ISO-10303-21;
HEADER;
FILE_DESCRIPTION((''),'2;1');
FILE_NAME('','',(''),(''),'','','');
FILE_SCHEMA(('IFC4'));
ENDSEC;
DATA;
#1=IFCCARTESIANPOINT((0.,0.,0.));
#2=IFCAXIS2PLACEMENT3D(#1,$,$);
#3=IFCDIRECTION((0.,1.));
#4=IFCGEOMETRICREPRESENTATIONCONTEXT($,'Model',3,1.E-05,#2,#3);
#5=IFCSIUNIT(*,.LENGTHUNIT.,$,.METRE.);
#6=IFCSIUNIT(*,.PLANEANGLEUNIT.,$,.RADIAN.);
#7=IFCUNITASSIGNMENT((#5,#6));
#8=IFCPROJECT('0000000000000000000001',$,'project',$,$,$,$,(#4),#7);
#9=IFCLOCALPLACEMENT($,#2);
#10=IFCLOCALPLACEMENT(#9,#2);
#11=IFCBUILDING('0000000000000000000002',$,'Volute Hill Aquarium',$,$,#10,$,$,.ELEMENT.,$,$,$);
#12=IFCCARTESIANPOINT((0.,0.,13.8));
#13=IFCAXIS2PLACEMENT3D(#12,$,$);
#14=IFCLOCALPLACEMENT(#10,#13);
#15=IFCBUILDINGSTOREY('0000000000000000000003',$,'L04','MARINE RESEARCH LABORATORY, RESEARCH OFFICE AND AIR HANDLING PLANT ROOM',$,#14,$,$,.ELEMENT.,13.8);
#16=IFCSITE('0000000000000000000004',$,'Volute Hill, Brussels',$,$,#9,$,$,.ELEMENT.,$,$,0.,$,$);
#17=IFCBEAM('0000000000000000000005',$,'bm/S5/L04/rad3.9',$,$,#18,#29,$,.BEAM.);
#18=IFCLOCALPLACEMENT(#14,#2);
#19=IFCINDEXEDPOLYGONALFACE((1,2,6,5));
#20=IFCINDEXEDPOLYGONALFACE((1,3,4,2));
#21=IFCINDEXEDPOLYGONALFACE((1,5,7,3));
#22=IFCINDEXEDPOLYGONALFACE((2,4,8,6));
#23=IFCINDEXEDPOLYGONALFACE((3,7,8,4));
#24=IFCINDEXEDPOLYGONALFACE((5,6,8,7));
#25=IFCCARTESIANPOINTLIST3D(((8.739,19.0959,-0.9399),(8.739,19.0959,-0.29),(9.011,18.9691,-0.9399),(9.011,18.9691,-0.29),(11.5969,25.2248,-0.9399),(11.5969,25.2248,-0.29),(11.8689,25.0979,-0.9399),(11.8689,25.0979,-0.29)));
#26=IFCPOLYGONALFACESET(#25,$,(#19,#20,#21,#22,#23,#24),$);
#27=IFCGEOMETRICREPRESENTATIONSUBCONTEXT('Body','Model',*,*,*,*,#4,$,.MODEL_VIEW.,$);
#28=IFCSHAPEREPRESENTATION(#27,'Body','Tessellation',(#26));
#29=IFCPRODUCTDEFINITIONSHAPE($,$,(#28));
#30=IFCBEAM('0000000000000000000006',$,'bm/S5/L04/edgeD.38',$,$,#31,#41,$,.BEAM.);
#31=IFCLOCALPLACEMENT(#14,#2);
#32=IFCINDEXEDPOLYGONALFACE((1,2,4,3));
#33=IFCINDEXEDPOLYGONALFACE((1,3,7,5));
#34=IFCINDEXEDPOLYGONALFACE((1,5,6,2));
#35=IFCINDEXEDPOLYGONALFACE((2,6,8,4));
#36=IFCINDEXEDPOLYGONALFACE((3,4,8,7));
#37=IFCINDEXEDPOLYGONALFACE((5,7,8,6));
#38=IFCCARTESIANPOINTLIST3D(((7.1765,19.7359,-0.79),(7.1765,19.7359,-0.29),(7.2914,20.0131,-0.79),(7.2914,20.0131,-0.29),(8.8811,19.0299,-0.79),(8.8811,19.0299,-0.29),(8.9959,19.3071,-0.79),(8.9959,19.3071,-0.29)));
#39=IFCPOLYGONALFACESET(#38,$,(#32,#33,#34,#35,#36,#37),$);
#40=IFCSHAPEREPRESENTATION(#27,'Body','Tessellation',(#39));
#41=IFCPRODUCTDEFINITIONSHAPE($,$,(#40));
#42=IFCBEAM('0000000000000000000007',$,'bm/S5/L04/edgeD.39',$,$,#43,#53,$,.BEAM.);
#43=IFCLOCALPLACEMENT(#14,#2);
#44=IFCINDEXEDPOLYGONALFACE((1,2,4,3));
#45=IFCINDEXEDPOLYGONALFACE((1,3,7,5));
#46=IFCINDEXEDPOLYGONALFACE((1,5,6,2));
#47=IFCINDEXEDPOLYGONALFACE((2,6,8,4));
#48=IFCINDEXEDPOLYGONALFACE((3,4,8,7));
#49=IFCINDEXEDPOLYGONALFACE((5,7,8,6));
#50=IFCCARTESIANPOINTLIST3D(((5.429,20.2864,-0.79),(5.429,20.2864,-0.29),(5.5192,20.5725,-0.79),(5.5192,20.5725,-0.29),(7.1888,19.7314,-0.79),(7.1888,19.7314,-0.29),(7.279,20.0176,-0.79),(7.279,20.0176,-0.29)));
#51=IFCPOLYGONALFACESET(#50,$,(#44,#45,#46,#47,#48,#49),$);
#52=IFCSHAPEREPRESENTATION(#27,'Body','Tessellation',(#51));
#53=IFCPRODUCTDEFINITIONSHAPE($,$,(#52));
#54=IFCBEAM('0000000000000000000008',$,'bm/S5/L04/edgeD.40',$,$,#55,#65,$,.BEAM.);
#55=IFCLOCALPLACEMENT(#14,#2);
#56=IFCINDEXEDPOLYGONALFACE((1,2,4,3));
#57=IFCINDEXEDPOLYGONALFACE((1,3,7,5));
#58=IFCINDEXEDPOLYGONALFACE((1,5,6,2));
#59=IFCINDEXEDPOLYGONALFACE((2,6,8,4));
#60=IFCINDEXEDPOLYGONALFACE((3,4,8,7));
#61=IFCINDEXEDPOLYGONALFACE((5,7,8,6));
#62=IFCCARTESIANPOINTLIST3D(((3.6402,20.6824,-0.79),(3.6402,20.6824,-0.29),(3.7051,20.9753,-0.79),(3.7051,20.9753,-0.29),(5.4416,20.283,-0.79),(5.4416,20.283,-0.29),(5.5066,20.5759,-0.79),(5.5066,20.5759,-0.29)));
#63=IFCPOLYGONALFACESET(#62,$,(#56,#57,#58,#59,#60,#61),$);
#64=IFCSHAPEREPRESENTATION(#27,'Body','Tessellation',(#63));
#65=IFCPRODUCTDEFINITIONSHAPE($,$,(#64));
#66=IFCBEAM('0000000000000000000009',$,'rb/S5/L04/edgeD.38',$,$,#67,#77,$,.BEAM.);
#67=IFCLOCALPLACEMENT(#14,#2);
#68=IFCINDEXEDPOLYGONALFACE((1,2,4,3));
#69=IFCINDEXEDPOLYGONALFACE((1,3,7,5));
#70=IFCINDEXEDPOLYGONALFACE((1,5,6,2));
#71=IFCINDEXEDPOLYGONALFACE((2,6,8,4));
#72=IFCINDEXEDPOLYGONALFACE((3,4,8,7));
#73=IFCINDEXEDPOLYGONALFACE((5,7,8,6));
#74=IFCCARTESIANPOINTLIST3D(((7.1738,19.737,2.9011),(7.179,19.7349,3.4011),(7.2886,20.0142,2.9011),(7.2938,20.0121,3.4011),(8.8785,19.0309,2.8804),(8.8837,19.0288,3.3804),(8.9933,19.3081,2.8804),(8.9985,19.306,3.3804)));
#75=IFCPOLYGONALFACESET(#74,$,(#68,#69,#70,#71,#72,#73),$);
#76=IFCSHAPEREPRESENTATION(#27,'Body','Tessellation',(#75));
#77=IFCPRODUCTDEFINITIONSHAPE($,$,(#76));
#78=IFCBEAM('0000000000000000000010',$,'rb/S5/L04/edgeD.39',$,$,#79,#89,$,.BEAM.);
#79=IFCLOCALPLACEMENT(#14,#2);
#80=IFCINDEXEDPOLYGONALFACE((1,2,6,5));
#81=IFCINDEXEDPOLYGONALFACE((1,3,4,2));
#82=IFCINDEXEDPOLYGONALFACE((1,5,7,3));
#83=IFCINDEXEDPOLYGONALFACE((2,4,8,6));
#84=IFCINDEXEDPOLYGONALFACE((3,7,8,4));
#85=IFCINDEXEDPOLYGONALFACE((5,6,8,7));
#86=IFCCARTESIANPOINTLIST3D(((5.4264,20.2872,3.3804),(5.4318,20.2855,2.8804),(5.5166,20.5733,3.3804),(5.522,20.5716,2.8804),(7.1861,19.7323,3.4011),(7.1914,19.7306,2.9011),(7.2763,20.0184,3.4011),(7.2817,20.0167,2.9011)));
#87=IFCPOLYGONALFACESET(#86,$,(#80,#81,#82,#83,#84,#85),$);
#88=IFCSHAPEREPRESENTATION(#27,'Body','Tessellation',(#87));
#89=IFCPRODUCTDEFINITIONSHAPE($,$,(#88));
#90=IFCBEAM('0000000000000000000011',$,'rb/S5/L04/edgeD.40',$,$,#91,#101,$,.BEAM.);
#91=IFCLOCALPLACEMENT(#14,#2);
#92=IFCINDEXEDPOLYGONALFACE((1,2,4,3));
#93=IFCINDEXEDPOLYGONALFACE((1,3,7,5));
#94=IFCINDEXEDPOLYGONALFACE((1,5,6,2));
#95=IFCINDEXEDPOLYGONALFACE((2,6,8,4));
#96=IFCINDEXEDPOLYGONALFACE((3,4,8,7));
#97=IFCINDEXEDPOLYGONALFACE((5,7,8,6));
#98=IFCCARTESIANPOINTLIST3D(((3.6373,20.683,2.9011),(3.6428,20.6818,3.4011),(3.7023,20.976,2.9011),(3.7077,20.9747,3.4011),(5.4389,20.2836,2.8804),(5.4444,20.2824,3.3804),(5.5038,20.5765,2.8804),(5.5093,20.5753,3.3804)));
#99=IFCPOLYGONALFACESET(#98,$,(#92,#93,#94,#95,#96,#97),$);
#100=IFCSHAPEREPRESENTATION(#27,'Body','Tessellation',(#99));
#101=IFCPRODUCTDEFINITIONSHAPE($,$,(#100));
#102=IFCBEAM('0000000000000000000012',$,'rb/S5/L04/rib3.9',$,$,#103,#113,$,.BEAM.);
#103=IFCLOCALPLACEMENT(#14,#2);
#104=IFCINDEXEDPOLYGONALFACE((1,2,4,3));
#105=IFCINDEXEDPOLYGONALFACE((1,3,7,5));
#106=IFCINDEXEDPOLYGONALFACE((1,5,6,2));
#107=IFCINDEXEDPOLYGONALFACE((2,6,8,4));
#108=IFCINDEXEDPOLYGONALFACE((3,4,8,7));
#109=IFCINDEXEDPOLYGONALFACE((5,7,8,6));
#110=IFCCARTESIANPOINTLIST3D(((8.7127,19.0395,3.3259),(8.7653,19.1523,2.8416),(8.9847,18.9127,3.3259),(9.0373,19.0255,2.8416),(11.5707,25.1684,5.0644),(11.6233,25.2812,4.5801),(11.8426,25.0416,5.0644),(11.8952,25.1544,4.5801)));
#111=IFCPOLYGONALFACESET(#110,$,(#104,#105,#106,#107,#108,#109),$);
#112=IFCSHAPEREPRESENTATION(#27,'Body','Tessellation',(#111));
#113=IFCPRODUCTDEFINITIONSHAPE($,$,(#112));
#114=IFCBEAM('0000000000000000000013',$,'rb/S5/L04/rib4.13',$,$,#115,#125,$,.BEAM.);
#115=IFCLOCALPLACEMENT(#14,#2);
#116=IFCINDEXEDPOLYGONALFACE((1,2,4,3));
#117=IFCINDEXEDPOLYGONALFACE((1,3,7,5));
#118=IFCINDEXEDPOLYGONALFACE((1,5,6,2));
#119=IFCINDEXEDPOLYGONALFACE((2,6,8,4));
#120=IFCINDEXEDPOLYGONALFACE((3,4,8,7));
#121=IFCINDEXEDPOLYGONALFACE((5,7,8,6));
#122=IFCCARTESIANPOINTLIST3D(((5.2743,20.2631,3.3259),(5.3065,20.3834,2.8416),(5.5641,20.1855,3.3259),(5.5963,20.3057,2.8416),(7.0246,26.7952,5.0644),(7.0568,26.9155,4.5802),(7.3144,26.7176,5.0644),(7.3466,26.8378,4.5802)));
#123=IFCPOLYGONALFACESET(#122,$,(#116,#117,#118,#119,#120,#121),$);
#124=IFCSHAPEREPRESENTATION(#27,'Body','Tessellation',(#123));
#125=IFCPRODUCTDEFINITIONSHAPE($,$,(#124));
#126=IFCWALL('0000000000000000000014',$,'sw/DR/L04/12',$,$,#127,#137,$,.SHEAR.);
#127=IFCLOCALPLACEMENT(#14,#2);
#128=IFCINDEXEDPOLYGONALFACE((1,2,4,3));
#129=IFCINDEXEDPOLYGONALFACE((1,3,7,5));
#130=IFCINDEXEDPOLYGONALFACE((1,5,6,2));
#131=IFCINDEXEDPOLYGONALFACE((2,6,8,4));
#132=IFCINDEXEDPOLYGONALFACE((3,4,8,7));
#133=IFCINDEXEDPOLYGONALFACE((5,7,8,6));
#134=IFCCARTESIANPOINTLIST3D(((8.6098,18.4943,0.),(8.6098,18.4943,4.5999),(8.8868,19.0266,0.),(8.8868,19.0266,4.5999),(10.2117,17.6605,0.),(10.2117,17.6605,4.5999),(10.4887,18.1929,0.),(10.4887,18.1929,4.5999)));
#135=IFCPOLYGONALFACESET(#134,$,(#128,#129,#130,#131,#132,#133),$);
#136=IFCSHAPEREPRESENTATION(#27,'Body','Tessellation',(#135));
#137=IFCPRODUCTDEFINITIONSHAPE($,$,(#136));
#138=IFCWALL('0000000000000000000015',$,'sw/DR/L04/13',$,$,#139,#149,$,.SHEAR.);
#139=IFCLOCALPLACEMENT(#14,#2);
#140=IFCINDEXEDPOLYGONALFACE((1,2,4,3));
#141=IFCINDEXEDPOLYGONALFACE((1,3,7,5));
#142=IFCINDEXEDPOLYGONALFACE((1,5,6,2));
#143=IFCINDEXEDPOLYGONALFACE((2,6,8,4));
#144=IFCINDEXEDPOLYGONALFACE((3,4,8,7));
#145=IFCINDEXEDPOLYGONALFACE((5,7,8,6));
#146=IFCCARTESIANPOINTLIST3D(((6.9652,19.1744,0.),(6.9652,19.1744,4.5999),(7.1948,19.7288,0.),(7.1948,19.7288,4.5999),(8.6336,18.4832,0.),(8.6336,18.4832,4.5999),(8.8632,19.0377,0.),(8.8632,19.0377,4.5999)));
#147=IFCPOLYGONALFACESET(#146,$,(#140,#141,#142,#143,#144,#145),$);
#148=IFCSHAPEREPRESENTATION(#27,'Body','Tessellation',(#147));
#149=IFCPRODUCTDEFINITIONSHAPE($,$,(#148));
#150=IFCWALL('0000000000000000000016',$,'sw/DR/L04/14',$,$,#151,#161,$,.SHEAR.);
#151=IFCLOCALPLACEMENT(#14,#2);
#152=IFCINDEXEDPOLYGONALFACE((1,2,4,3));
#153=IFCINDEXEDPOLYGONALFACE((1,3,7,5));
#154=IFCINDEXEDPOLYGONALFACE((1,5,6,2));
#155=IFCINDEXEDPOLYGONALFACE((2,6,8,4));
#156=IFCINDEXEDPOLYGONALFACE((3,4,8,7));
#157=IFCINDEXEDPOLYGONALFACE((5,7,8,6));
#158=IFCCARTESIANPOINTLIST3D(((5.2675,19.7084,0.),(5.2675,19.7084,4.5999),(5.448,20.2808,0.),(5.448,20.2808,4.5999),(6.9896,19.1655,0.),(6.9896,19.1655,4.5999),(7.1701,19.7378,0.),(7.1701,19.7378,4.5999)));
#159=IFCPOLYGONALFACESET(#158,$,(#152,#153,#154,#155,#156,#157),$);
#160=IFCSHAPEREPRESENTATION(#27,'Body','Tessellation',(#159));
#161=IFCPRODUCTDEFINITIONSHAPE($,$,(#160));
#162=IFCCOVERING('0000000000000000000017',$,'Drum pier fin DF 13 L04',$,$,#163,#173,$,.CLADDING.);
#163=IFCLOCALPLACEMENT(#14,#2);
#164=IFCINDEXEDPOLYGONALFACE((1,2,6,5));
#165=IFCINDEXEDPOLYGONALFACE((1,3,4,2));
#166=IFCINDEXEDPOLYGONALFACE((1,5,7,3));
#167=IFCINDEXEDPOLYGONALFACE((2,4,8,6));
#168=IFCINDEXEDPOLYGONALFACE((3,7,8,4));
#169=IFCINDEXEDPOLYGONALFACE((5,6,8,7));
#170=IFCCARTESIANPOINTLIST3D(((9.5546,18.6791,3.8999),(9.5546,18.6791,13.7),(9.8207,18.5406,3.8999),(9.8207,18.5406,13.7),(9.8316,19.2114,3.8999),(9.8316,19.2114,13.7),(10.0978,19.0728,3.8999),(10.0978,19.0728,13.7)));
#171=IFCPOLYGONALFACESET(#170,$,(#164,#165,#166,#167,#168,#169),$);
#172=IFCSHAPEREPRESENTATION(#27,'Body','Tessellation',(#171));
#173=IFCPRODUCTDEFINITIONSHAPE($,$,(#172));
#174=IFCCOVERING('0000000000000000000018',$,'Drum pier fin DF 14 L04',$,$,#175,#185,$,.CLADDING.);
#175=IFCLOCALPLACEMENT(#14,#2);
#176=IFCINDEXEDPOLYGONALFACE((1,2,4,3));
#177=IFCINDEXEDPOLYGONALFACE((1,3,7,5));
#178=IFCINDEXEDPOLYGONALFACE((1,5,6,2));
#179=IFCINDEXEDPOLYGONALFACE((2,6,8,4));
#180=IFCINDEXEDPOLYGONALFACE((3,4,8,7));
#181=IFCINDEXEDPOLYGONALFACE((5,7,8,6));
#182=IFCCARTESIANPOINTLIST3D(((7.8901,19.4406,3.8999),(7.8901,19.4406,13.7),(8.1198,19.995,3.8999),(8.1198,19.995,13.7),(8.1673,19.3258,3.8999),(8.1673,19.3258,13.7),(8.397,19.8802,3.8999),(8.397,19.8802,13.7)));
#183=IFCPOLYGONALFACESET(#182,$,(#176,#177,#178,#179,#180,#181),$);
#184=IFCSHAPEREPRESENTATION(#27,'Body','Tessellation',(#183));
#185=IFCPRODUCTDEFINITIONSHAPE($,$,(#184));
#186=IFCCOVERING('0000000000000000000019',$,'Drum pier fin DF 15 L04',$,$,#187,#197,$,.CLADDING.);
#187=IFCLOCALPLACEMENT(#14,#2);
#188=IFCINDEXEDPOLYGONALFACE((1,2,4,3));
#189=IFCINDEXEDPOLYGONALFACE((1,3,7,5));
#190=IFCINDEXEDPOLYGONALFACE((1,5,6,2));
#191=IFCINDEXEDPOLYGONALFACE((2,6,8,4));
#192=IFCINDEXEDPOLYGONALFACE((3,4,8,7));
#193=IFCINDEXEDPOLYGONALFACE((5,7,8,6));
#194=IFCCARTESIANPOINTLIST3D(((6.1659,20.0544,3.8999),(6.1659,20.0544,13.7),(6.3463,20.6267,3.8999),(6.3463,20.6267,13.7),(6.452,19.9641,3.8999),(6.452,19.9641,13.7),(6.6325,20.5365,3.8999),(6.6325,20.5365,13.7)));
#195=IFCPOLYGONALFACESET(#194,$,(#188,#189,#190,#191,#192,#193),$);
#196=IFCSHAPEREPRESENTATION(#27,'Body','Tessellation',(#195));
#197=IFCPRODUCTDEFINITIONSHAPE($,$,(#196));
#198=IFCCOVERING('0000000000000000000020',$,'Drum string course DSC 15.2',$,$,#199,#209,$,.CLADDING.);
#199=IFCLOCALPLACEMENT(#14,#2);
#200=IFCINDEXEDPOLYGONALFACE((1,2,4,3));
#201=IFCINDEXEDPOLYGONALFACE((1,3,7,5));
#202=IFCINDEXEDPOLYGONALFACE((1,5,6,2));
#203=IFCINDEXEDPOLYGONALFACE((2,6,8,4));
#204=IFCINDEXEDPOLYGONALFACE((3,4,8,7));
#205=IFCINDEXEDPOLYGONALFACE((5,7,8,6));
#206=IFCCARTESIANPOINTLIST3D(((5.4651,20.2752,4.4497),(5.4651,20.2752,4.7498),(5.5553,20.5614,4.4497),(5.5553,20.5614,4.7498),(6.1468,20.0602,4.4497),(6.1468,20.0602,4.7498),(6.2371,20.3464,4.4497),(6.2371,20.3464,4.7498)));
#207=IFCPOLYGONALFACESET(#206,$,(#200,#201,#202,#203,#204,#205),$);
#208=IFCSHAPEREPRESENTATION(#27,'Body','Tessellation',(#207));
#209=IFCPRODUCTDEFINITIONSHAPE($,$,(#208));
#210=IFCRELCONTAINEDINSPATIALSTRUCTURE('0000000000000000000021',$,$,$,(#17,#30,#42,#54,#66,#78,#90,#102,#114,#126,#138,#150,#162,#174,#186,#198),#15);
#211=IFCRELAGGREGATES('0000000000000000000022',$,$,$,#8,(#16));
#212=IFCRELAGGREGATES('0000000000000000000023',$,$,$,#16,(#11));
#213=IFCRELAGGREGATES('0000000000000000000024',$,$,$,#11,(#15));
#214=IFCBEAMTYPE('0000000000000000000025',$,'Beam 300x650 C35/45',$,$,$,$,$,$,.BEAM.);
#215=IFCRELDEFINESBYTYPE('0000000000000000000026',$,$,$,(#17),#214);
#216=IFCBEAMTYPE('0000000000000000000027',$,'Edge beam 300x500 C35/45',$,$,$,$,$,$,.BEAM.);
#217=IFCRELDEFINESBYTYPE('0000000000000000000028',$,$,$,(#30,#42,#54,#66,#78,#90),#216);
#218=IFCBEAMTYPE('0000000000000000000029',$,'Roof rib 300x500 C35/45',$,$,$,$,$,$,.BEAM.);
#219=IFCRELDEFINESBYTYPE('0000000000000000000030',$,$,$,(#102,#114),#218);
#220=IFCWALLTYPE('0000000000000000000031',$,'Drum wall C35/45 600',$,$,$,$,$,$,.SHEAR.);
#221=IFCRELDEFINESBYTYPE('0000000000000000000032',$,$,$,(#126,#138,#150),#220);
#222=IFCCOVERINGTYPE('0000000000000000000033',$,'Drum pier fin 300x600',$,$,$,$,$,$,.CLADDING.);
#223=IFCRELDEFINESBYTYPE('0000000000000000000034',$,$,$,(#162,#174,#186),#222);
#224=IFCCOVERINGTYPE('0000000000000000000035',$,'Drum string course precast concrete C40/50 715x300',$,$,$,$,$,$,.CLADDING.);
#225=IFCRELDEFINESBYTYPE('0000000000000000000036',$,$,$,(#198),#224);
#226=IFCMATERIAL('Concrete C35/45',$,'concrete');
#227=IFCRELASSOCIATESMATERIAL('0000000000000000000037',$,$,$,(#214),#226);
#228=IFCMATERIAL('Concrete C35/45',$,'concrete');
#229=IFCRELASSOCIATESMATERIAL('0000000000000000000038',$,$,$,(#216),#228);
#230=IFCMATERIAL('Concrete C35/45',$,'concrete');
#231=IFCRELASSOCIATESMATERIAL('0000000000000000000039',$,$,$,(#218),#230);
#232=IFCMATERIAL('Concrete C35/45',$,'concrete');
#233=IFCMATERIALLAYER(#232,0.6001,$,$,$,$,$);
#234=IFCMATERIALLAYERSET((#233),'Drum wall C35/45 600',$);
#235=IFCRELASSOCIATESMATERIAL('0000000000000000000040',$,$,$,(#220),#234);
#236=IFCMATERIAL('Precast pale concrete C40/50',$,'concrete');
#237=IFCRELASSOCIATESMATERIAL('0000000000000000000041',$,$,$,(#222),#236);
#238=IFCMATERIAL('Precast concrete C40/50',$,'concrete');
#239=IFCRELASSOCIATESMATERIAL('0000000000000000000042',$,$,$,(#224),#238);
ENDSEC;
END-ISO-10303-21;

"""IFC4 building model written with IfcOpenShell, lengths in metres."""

from ifc_helpers import new_model, si_unit, direction, frame, frame_2d, origin, origin_2d, place, context, subcontext, project, spatial, rectangle, extrude, material, layer, layer_set, material_profile, profile_set, type_object, element, save


model = new_model("IFC4")

# Units and contexts
model_context = context("Model", 3, precision=1e-05, world=origin(), true_north=direction((0.0, 1.0)))
body_context = subcontext(model_context, "Body", "Model", "MODEL_VIEW")
ifc_project = project(units=[si_unit("LENGTHUNIT", "METRE"), si_unit("PLANEANGLEUNIT", "RADIAN")], contexts=[model_context])

# Site, building, storey
site_placement = place(None, origin())
site = spatial("IfcSite", under=ifc_project, at=site_placement, Name="Volute Hill, Brussels", CompositionType="ELEMENT", RefElevation=0.0)
building_placement = place(site_placement, origin())
building = spatial("IfcBuilding", under=site, at=building_placement, Name="Volute Hill Aquarium", CompositionType="ELEMENT")
storey_placement = place(building_placement, frame((0.0, 0.0, 13.8)))
storey = spatial("IfcBuildingStorey", under=building, at=storey_placement, Name="L04", Description="MARINE RESEARCH LABORATORY, RESEARCH OFFICE AND AIR HANDLING PLANT ROOM", CompositionType="ELEMENT", Elevation=13.8)

# Beams
ifc_material_1 = material(Name="Concrete C35/45", Category="concrete")
ifc_material_profile_1 = material_profile(ifc_material_1, rectangle(XDim=0.3, YDim=0.6499, at=origin_2d()), Name="RC beam 300x650")
ifc_profile_set_1 = profile_set([ifc_material_profile_1], Name="Concrete C35/45")
beam_type_1 = type_object("IfcBeamType", Name="Beam 300x650 C35/45", PredefinedType="BEAM", material=ifc_profile_set_1)
beam_1_placement = place(storey_placement, frame((8.875, 19.0325, -0.615), z_axis=(0.422613, 0.90631, 0.0), x_axis=(-0.90631, 0.422613, 0.0)))
element("IfcBeam", 1, at=beam_1_placement, inside=storey, type_object=beam_type_1, Name="bm/S5/L04/rad3.9", PredefinedType="BEAM", context=body_context, shape_type="SweptSolid", body=[
    extrude(rectangle(XDim=0.3, YDim=0.6499, at=origin_2d()), origin(), (0.0, 0.0, 1.0), 6.7625),
])
ifc_material_2 = material(Name="Concrete C35/45", Category="concrete")
ifc_material_profile_2 = material_profile(ifc_material_2, rectangle(XDim=0.3, YDim=0.5, at=origin_2d()), Name="RC edge beam 300x500")
ifc_profile_set_2 = profile_set([ifc_material_profile_2], Name="Concrete C35/45")
beam_type_2 = type_object("IfcBeamType", Name="Edge beam 300x500 C35/45", PredefinedType="BEAM", material=ifc_profile_set_2)
beam_2_placement = place(storey_placement, frame((8.9385, 19.1685, -0.54), z_axis=(-0.923881, 0.382679, 0.0), x_axis=(-0.382679, -0.923881, 0.0)))
element("IfcBeam", 2, at=beam_2_placement, inside=storey, type_object=beam_type_2, Name="bm/S5/L04/edgeD.38", PredefinedType="BEAM", context=body_context, shape_type="SweptSolid", body=[
    extrude(rectangle(XDim=0.3, YDim=0.5, at=origin_2d()), origin(), (0.0, 0.0, 1.0), 1.845),
])
for number, where, z_axis, x_axis, name in (
    (3, (7.2339, 19.8745, -0.54), (-0.953705, 0.300745, 0.0), (-0.300745, -0.953705, 0.0), "bm/S5/L04/edgeD.39"),
    (4, (5.4741, 20.4294, -0.54), (-0.976293, 0.216454, 0.0), (-0.216454, -0.976293, 0.0), "bm/S5/L04/edgeD.40"),
    (5, (8.9385, 19.1685, 3.1304), (-0.923823, 0.382655, 0.011247), (-0.382679, -0.923881, 0.0), "rb/S5/L04/edgeD.38"),
    (6, (7.2339, 19.8745, 3.1511), (-0.953644, 0.300726, -0.011246), (-0.300745, -0.953705, 0.0), "rb/S5/L04/edgeD.39"),
):
    element("IfcBeam", number, at=place(storey_placement, frame(where, z_axis=z_axis, x_axis=x_axis)), inside=storey, type_object=beam_type_2, Name=name, PredefinedType="BEAM", context=body_context, shape_type="SweptSolid", body=[
        extrude(rectangle(XDim=0.3, YDim=0.5, at=origin_2d()), origin(), (0.0, 0.0, 1.0), 1.8452),
    ])
beam_3_placement = place(storey_placement, frame((5.4741, 20.4294, 3.1304), z_axis=(-0.976231, 0.21644, 0.011245), x_axis=(-0.216454, -0.976293, 0.0)))
element("IfcBeam", 7, at=beam_3_placement, inside=storey, type_object=beam_type_2, Name="rb/S5/L04/edgeD.40", PredefinedType="BEAM", context=body_context, shape_type="SweptSolid", body=[
    extrude(rectangle(XDim=0.3, YDim=0.5, at=origin_2d()), origin(), (0.0, 0.0, 1.0), 1.8455),
])
ifc_material_3 = material(Name="Concrete C35/45", Category="concrete")
ifc_material_profile_3 = material_profile(ifc_material_3, rectangle(XDim=0.3, YDim=0.5, at=origin_2d()), Name="RC rib 300x500")
ifc_profile_set_3 = profile_set([ifc_material_profile_3], Name="Concrete C35/45")
beam_type_3 = type_object("IfcBeamType", Name="Roof rib 300x500 C35/45", PredefinedType="BEAM", material=ifc_profile_set_3)
for number, where, z_axis, x_axis, name in (
    (8, (8.875, 19.0325, 3.0837), (0.409303, 0.877768, 0.248988), (-0.90631, 0.422613, 0.0), "rb/S5/L04/rib3.9"),
    (9, (5.4353, 20.2844, 3.0837), (0.250668, 0.935505, 0.24899), (-0.965926, 0.25882, 0.0), "rb/S5/L04/rib4.13"),
):
    element("IfcBeam", number, at=place(storey_placement, frame(where, z_axis=z_axis, x_axis=x_axis)), inside=storey, type_object=beam_type_3, Name=name, PredefinedType="BEAM", context=body_context, shape_type="SweptSolid", body=[
        extrude(rectangle(XDim=0.3, YDim=0.5, at=origin_2d()), origin(), (0.0, 0.0, 1.0), 6.9824),
    ])

# Walls
ifc_material_4 = material(Name="Concrete C35/45", Category="concrete")
ifc_layer = layer(ifc_material_4, 0.6001)
ifc_layer_set = layer_set([ifc_layer], Name="Drum wall C35/45 600")
wall_type = type_object("IfcWallType", Name="Drum wall C35/45 600", PredefinedType="SHEAR", material=ifc_layer_set)
for number, where, z_axis, x_axis, name in (
    (10, (10.3501, 17.9268, 0.0), (0.0, 0.0, 1.0), (-0.887035, 0.461702, 0.0), "sw/DR/L04/12"),
    (11, (8.7483, 18.7605, 0.0), (0.0, 0.0, 1.0), (-0.923867, 0.382714, 0.0), "sw/DR/L04/13"),
):
    element("IfcWall", number, at=place(storey_placement, frame(where, z_axis=z_axis, x_axis=x_axis)), inside=storey, type_object=wall_type, Name=name, PredefinedType="SHEAR", context=body_context, shape_type="SweptSolid", body=[
        extrude(rectangle(XDim=1.8059, YDim=0.6001, at=frame_2d((0.9028, 0.0))), origin(), (0.0, 0.0, 1.0), 4.5999),
    ])
wall_placement = place(storey_placement, frame((7.0798, 19.4517, 0.0), z_axis=(0.0, 0.0, 1.0), x_axis=(-0.953722, 0.300691, 0.0)))
element("IfcWall", 12, at=wall_placement, inside=storey, type_object=wall_type, Name="sw/DR/L04/14", PredefinedType="SHEAR", context=body_context, shape_type="SweptSolid", body=[
    extrude(rectangle(XDim=1.8057, YDim=0.6001, at=frame_2d((0.9028, 0.0))), origin(), (0.0, 0.0, 1.0), 4.5999),
])

# Coverings
ifc_material_5 = material(Name="Precast pale concrete C40/50", Category="concrete")
covering_type_1 = type_object("IfcCoveringType", Name="Drum pier fin 300x600", PredefinedType="CLADDING", material=ifc_material_5)
for number, where, z_axis, x_axis, name in (
    (13, (9.8262, 18.876, 3.8999), (0.0, 0.0, 1.0), (-0.887011, 0.461749, 0.0), "Drum pier fin DF 13 L04"),
    (14, (8.1436, 19.6604, 3.8999), (0.0, 0.0, 1.0), (-0.92388, 0.382683, 0.0), "Drum pier fin DF 14 L04"),
    (15, (6.3992, 20.2954, 3.8999), (0.0, 0.0, 1.0), (-0.953717, 0.300706, 0.0), "Drum pier fin DF 15 L04"),
):
    element("IfcCovering", number, at=place(storey_placement, frame(where, z_axis=z_axis, x_axis=x_axis)), inside=storey, type_object=covering_type_1, Name=name, PredefinedType="CLADDING", context=body_context, shape_type="SweptSolid", body=[
        extrude(rectangle(XDim=0.3, YDim=0.6001, at=origin_2d()), origin(), (0.0, 0.0, 1.0), 9.8),
    ])
ifc_material_6 = material(Name="Precast concrete C40/50", Category="concrete")
covering_type_2 = type_object("IfcCoveringType", Name="Drum string course precast concrete C40/50 715x300", PredefinedType="CLADDING", material=ifc_material_6)
covering_placement = place(storey_placement, frame((5.8511, 20.3108, 4.4497), z_axis=(0.0, 0.0, 1.0), x_axis=(-0.953717, 0.300706, 0.0)))
element("IfcCovering", 16, at=covering_placement, inside=storey, type_object=covering_type_2, Name="Drum string course DSC 15.2", PredefinedType="CLADDING", context=body_context, shape_type="SweptSolid", body=[
    extrude(rectangle(XDim=0.7148, YDim=0.3, at=origin_2d()), origin(), (0.0, 0.0, 1.0), 0.3),
])

save(model, "model.ifc")
